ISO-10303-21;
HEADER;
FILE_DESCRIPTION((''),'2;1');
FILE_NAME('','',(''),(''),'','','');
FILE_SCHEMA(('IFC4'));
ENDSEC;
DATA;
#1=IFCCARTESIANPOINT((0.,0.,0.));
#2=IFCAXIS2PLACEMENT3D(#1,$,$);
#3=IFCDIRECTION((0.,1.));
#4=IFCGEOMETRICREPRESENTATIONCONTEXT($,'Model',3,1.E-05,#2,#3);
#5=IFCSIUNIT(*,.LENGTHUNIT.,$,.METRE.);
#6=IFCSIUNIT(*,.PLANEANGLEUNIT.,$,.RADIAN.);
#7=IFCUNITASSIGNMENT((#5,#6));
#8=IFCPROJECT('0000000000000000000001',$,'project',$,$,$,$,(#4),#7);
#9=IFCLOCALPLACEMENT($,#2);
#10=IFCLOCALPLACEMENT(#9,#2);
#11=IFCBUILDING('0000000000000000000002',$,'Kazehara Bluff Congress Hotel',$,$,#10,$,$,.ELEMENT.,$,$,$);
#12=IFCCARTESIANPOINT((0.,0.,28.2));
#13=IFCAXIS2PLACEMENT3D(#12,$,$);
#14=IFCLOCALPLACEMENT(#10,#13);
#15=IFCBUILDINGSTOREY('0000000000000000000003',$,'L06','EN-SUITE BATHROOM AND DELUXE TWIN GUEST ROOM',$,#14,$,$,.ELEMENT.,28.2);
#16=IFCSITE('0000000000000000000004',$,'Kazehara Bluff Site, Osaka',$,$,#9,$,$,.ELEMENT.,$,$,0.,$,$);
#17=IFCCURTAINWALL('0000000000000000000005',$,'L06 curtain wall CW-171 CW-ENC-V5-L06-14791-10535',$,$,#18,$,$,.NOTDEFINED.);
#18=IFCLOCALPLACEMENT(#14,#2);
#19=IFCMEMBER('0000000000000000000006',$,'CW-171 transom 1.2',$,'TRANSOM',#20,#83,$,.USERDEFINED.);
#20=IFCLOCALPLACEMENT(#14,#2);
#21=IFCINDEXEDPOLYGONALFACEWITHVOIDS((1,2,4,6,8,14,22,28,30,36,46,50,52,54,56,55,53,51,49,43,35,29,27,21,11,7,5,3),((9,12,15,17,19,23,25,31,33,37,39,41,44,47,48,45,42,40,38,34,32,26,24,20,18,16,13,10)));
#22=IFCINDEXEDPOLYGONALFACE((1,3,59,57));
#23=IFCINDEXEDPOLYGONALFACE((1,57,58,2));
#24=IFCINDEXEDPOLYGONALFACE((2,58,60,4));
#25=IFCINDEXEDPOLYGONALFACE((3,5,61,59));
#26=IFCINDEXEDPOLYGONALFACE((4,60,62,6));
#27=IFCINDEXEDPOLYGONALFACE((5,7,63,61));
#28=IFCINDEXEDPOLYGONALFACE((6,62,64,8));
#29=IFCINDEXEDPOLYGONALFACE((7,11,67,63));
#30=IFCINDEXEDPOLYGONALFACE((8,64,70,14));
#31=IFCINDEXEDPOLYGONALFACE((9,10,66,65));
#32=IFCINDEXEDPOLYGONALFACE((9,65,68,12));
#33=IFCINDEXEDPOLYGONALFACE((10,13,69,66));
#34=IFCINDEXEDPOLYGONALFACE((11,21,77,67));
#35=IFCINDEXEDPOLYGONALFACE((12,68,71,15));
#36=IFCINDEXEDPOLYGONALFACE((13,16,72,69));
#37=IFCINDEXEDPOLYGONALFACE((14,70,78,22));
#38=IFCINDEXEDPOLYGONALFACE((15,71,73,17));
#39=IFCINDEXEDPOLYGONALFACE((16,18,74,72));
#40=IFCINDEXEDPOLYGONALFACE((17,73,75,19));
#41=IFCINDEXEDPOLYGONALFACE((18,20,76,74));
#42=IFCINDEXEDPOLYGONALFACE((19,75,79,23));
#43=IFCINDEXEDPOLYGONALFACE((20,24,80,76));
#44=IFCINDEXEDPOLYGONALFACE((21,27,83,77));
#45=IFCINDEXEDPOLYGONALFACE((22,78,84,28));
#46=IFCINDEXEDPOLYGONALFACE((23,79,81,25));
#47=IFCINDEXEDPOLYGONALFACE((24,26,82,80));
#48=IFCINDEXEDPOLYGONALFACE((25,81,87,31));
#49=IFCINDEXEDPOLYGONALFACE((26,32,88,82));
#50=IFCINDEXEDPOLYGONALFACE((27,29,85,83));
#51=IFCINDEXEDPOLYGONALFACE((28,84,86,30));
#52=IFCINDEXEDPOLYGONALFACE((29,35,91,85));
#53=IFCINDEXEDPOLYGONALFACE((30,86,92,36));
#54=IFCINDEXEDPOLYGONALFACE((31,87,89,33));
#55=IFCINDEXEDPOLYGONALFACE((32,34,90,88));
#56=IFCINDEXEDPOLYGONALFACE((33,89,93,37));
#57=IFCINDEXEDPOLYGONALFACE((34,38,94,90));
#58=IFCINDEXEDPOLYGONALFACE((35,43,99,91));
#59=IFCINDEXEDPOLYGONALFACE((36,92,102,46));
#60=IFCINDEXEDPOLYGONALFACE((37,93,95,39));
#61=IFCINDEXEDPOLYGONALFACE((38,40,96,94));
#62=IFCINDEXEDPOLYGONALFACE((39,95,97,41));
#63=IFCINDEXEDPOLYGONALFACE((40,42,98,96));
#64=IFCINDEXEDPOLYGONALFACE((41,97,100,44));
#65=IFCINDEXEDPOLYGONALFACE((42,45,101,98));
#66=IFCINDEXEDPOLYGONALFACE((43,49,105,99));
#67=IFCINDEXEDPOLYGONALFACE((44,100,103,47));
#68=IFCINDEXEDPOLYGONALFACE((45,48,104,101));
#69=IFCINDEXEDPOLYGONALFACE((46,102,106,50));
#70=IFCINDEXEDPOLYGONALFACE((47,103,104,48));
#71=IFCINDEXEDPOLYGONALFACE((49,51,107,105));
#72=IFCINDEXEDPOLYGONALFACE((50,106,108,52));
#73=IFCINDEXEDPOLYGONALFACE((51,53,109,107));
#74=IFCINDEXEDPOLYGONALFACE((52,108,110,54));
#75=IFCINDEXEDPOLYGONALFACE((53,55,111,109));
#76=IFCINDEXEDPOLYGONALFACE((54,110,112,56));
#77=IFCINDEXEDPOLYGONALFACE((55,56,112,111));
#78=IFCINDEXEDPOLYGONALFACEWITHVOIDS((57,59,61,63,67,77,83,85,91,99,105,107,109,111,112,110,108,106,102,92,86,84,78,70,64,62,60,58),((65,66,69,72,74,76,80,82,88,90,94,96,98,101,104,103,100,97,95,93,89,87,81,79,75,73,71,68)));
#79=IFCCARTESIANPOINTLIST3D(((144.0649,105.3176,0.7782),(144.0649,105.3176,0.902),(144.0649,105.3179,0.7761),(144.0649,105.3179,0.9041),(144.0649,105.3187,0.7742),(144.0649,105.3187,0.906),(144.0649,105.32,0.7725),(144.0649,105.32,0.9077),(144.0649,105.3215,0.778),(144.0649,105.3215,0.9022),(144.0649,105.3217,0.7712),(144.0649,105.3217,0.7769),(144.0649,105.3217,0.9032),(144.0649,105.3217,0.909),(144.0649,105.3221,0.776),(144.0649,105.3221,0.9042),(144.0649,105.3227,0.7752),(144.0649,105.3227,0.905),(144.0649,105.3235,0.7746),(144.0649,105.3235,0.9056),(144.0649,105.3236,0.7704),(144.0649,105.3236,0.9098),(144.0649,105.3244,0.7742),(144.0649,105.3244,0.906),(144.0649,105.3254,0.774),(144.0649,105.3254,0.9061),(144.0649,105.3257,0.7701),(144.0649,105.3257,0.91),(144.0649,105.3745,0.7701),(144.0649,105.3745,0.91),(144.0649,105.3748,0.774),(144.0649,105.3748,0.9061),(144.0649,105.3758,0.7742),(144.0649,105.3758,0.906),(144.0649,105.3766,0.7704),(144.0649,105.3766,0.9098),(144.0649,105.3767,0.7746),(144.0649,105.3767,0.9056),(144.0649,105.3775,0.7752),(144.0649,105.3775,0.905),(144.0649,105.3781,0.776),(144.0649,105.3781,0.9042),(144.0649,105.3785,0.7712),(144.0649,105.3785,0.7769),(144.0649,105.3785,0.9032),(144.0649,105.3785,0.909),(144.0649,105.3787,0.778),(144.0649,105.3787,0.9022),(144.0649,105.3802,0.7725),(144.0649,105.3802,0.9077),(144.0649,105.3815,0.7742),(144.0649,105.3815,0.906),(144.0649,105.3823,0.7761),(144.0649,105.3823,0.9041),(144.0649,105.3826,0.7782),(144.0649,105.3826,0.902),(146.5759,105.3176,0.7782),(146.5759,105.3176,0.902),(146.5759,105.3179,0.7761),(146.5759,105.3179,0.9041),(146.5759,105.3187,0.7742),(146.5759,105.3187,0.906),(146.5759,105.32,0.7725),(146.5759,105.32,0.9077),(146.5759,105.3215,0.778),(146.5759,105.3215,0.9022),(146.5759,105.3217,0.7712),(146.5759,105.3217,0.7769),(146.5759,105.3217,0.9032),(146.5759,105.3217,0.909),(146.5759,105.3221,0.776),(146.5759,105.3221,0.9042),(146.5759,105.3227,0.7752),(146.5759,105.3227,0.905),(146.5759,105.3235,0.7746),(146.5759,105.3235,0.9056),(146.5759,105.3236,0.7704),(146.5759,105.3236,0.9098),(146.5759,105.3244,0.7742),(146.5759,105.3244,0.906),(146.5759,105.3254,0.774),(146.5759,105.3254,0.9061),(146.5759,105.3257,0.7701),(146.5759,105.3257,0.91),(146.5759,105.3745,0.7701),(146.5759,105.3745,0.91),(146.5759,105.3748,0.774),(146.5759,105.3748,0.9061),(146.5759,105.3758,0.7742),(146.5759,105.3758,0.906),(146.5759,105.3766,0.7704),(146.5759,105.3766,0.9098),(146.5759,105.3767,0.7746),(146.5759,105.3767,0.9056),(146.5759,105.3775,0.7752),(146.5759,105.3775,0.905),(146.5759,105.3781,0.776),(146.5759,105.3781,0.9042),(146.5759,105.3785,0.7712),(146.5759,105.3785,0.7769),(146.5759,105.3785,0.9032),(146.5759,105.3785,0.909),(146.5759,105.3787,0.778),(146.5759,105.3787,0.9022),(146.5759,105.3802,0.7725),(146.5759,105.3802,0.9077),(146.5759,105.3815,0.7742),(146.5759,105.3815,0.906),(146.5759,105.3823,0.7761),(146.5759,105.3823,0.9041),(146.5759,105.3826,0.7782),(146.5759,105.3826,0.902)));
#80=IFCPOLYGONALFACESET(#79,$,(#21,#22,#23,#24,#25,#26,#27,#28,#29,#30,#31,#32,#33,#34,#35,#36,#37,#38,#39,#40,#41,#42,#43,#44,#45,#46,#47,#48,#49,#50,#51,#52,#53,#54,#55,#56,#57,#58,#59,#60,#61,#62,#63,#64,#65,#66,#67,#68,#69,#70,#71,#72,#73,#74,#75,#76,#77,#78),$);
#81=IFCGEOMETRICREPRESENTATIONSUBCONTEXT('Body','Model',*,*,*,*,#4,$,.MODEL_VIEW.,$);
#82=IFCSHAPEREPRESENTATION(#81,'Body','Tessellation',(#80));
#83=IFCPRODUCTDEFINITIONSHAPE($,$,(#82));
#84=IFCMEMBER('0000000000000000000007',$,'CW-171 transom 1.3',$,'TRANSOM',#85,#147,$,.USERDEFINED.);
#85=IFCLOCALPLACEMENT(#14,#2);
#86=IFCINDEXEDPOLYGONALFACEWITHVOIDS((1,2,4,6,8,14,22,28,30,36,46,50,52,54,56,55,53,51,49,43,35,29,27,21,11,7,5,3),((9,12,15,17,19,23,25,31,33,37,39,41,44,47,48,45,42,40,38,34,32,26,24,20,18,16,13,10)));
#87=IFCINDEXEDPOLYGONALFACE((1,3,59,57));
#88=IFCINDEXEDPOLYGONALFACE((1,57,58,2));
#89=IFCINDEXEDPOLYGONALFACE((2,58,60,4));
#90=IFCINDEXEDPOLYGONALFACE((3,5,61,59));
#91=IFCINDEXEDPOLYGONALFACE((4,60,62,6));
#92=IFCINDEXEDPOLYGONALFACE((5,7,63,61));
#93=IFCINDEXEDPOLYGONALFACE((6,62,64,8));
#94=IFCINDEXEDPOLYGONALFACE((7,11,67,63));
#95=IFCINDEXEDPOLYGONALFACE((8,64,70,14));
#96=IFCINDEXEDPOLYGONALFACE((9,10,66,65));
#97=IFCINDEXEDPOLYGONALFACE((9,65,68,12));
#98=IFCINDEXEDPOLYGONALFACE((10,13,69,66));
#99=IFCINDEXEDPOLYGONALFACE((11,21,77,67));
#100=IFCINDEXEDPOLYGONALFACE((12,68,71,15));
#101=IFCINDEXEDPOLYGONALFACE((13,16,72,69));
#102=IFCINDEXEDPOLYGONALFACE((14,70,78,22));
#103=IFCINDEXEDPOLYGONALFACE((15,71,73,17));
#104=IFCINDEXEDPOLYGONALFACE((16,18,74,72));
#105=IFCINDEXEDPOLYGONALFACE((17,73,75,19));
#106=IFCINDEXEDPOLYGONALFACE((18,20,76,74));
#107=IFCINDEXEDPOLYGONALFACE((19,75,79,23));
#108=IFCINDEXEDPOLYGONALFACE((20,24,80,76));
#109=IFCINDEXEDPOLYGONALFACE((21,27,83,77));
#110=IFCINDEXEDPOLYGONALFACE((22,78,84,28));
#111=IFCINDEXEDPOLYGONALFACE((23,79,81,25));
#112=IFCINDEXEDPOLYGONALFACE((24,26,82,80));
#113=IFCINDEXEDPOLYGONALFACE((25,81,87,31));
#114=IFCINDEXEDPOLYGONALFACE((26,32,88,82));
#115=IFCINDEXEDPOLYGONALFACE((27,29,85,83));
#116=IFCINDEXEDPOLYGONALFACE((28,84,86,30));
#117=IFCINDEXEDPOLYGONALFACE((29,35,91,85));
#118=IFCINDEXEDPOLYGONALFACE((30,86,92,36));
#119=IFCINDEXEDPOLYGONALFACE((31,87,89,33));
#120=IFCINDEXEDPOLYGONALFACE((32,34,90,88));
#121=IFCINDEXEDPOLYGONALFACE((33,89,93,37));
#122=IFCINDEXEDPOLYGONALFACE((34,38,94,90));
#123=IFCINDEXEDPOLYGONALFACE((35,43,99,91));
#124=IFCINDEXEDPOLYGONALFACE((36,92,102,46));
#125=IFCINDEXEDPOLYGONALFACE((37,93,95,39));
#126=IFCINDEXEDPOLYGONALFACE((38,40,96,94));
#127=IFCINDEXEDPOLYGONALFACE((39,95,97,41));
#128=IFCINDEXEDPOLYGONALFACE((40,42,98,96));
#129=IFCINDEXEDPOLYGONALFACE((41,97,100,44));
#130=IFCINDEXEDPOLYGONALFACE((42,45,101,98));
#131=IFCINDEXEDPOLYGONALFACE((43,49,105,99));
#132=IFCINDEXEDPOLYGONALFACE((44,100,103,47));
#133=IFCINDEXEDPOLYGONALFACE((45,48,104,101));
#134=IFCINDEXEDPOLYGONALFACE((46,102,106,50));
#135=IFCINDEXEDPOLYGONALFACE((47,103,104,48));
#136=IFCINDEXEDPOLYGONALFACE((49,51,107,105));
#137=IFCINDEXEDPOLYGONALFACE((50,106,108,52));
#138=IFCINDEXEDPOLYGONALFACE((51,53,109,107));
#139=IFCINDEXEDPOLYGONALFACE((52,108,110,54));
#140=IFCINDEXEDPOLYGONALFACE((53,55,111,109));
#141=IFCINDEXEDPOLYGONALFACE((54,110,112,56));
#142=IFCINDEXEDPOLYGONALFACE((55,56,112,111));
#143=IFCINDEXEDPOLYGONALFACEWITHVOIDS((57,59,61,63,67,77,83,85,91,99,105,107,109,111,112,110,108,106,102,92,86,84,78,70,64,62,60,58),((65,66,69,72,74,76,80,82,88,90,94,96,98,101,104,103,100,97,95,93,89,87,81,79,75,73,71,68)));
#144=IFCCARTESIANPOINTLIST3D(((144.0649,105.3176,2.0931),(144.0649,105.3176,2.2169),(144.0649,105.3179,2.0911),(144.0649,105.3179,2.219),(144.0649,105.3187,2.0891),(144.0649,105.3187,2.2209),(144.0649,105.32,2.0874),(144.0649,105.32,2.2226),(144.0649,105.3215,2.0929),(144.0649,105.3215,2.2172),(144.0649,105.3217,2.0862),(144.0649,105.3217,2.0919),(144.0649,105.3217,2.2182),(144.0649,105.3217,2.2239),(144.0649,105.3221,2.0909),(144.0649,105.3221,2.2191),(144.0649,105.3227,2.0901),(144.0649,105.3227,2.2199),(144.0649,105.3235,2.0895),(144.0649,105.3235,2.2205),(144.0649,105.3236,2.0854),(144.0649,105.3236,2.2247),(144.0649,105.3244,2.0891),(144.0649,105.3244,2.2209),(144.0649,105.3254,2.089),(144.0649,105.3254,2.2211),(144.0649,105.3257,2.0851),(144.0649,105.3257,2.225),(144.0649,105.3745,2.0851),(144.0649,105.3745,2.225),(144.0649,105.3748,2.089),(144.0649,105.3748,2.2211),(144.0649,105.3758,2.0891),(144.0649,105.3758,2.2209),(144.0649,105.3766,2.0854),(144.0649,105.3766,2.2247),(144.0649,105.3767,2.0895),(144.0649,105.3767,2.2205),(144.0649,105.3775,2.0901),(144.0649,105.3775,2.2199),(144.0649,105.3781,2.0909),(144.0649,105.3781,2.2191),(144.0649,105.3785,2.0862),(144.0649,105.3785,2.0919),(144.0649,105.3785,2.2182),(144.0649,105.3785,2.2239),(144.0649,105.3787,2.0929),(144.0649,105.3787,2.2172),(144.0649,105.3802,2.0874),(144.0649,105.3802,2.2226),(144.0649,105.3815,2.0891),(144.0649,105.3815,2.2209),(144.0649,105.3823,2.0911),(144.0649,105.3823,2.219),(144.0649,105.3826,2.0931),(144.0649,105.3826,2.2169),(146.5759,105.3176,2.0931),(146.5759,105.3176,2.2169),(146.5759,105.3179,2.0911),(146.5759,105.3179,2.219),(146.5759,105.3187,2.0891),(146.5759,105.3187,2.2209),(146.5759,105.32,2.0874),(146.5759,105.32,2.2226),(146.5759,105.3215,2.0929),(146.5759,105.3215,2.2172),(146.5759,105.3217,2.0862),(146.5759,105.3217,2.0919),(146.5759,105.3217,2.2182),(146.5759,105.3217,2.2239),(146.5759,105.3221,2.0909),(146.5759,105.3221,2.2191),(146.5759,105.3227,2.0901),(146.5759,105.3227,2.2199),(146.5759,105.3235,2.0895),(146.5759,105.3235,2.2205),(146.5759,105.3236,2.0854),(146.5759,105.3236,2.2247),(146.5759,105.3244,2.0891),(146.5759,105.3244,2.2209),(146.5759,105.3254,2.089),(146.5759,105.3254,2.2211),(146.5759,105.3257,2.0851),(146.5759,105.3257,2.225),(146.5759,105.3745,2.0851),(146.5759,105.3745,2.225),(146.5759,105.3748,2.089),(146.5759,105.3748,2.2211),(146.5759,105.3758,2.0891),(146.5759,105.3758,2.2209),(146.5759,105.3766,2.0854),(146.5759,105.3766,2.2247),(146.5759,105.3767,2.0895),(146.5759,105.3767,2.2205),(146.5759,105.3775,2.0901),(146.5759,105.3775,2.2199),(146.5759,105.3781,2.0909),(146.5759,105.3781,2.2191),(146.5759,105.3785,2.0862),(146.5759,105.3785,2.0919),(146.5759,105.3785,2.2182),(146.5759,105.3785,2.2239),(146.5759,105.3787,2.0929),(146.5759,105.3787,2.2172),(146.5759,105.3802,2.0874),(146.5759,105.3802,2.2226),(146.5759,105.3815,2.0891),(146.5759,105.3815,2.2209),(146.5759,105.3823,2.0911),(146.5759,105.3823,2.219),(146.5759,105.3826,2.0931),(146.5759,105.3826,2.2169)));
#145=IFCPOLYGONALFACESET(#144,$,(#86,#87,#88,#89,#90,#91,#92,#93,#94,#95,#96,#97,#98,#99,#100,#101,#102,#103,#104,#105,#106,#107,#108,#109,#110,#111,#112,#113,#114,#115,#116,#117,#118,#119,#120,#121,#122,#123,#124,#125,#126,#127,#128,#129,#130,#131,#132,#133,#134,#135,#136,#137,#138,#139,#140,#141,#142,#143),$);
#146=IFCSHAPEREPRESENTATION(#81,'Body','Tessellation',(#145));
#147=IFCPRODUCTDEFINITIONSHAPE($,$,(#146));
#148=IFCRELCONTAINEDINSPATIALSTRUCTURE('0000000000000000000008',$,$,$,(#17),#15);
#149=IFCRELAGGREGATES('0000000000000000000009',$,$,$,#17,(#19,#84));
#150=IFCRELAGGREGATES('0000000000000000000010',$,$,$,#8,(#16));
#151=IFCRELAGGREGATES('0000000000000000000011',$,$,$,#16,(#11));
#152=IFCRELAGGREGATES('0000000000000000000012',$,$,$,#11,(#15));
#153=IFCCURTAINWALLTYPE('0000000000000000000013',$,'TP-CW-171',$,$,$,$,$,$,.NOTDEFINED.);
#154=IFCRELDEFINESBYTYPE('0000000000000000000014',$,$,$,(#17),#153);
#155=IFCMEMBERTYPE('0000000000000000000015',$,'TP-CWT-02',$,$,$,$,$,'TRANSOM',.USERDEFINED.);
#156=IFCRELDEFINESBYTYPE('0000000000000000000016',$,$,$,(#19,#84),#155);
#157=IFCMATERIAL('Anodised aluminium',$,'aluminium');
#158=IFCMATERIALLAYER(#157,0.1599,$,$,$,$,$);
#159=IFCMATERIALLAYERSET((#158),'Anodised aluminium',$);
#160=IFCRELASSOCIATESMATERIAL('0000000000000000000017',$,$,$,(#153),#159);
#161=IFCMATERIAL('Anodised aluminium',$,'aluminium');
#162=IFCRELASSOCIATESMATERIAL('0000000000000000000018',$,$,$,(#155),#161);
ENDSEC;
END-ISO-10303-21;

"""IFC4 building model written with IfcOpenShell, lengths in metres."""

from ifc_helpers import new_model, si_unit, direction, frame, origin, origin_2d, place, context, subcontext, project, spatial, hollow_rectangle, extrude, material, layer, layer_set, material_profile, profile_set, type_object, element, aggregate, save


model = new_model("IFC4")

# Units and contexts
model_context = context("Model", 3, precision=1e-05, world=origin(), true_north=direction((0.0, 1.0)))
body_context = subcontext(model_context, "Body", "Model", "MODEL_VIEW")
ifc_project = project(units=[si_unit("LENGTHUNIT", "METRE"), si_unit("PLANEANGLEUNIT", "RADIAN")], contexts=[model_context])

# Site, building, storey
site_placement = place(None, origin())
site = spatial("IfcSite", under=ifc_project, at=site_placement, Name="Kazehara Bluff Site, Osaka", CompositionType="ELEMENT", RefElevation=0.0)
building_placement = place(site_placement, origin())
building = spatial("IfcBuilding", under=site, at=building_placement, Name="Kazehara Bluff Congress Hotel", CompositionType="ELEMENT")
storey_placement = place(building_placement, frame((0.0, 0.0, 28.2)))
storey = spatial("IfcBuildingStorey", under=building, at=storey_placement, Name="L06", Description="EN-SUITE BATHROOM AND DELUXE TWIN GUEST ROOM", CompositionType="ELEMENT", Elevation=28.2)

# Curtain wall, members
ifc_material_1 = material(Name="Anodised aluminium", Category="aluminium")
ifc_layer_1 = layer(ifc_material_1, 0.1599)
ifc_layer_set_1 = layer_set([ifc_layer_1], Name="Anodised aluminium")
curtain_wall_type = type_object("IfcCurtainWallType", Name="TP-CW-171", PredefinedType="NOTDEFINED", material=ifc_layer_set_1)
curtain_wall_placement = place(storey_placement, origin())
curtain_wall = element("IfcCurtainWall", 1, at=curtain_wall_placement, inside=storey, type_object=curtain_wall_type, Name="L06 curtain wall CW-171 CW-ENC-V5-L06-14791-10535", PredefinedType="NOTDEFINED")
ifc_material_2 = material(Name="Anodised aluminium", Category="aluminium")
ifc_material_profile_1 = material_profile(ifc_material_2, hollow_rectangle(XDim=0.0649, YDim=0.1399, WallThickness=0.0039, InnerFilletRadius=0.0039, OuterFilletRadius=0.0081, at=origin_2d()))
ifc_profile_set_1 = profile_set([ifc_material_profile_1], Name="Anodised aluminium")
member_type_1 = type_object("IfcMemberType", Name="TP-CWT-02", ElementType="TRANSOM", PredefinedType="USERDEFINED", material=ifc_profile_set_1)
member_1_placement = place(storey_placement, frame((144.0649, 105.3501, 0.8401), z_axis=(1.0, 0.0, 0.0), x_axis=(0.0, 1.0, 0.0)))
member_1 = element("IfcMember", 2, at=member_1_placement, type_object=member_type_1, Name="CW-171 transom 1.2", ObjectType="TRANSOM", PredefinedType="USERDEFINED", context=body_context, shape_type="SweptSolid", body=[
    extrude(hollow_rectangle(XDim=0.0649, YDim=0.1399, WallThickness=0.0039, InnerFilletRadius=0.0039, OuterFilletRadius=0.0081, at=origin_2d()), origin(), (0.0, 0.0, 1.0), 2.511),
])
member_2_placement = place(storey_placement, frame((144.0649, 105.3501, 2.155), z_axis=(1.0, 0.0, 0.0), x_axis=(0.0, 1.0, 0.0)))
member_2 = element("IfcMember", 3, at=member_2_placement, type_object=member_type_1, Name="CW-171 transom 1.3", ObjectType="TRANSOM", PredefinedType="USERDEFINED", context=body_context, shape_type="SweptSolid", body=[
    extrude(hollow_rectangle(XDim=0.0649, YDim=0.1399, WallThickness=0.0039, InnerFilletRadius=0.0039, OuterFilletRadius=0.0081, at=origin_2d()), origin(), (0.0, 0.0, 1.0), 2.511),
])

aggregate(curtain_wall, [member_1, member_2])

save(model, "model.ifc")
